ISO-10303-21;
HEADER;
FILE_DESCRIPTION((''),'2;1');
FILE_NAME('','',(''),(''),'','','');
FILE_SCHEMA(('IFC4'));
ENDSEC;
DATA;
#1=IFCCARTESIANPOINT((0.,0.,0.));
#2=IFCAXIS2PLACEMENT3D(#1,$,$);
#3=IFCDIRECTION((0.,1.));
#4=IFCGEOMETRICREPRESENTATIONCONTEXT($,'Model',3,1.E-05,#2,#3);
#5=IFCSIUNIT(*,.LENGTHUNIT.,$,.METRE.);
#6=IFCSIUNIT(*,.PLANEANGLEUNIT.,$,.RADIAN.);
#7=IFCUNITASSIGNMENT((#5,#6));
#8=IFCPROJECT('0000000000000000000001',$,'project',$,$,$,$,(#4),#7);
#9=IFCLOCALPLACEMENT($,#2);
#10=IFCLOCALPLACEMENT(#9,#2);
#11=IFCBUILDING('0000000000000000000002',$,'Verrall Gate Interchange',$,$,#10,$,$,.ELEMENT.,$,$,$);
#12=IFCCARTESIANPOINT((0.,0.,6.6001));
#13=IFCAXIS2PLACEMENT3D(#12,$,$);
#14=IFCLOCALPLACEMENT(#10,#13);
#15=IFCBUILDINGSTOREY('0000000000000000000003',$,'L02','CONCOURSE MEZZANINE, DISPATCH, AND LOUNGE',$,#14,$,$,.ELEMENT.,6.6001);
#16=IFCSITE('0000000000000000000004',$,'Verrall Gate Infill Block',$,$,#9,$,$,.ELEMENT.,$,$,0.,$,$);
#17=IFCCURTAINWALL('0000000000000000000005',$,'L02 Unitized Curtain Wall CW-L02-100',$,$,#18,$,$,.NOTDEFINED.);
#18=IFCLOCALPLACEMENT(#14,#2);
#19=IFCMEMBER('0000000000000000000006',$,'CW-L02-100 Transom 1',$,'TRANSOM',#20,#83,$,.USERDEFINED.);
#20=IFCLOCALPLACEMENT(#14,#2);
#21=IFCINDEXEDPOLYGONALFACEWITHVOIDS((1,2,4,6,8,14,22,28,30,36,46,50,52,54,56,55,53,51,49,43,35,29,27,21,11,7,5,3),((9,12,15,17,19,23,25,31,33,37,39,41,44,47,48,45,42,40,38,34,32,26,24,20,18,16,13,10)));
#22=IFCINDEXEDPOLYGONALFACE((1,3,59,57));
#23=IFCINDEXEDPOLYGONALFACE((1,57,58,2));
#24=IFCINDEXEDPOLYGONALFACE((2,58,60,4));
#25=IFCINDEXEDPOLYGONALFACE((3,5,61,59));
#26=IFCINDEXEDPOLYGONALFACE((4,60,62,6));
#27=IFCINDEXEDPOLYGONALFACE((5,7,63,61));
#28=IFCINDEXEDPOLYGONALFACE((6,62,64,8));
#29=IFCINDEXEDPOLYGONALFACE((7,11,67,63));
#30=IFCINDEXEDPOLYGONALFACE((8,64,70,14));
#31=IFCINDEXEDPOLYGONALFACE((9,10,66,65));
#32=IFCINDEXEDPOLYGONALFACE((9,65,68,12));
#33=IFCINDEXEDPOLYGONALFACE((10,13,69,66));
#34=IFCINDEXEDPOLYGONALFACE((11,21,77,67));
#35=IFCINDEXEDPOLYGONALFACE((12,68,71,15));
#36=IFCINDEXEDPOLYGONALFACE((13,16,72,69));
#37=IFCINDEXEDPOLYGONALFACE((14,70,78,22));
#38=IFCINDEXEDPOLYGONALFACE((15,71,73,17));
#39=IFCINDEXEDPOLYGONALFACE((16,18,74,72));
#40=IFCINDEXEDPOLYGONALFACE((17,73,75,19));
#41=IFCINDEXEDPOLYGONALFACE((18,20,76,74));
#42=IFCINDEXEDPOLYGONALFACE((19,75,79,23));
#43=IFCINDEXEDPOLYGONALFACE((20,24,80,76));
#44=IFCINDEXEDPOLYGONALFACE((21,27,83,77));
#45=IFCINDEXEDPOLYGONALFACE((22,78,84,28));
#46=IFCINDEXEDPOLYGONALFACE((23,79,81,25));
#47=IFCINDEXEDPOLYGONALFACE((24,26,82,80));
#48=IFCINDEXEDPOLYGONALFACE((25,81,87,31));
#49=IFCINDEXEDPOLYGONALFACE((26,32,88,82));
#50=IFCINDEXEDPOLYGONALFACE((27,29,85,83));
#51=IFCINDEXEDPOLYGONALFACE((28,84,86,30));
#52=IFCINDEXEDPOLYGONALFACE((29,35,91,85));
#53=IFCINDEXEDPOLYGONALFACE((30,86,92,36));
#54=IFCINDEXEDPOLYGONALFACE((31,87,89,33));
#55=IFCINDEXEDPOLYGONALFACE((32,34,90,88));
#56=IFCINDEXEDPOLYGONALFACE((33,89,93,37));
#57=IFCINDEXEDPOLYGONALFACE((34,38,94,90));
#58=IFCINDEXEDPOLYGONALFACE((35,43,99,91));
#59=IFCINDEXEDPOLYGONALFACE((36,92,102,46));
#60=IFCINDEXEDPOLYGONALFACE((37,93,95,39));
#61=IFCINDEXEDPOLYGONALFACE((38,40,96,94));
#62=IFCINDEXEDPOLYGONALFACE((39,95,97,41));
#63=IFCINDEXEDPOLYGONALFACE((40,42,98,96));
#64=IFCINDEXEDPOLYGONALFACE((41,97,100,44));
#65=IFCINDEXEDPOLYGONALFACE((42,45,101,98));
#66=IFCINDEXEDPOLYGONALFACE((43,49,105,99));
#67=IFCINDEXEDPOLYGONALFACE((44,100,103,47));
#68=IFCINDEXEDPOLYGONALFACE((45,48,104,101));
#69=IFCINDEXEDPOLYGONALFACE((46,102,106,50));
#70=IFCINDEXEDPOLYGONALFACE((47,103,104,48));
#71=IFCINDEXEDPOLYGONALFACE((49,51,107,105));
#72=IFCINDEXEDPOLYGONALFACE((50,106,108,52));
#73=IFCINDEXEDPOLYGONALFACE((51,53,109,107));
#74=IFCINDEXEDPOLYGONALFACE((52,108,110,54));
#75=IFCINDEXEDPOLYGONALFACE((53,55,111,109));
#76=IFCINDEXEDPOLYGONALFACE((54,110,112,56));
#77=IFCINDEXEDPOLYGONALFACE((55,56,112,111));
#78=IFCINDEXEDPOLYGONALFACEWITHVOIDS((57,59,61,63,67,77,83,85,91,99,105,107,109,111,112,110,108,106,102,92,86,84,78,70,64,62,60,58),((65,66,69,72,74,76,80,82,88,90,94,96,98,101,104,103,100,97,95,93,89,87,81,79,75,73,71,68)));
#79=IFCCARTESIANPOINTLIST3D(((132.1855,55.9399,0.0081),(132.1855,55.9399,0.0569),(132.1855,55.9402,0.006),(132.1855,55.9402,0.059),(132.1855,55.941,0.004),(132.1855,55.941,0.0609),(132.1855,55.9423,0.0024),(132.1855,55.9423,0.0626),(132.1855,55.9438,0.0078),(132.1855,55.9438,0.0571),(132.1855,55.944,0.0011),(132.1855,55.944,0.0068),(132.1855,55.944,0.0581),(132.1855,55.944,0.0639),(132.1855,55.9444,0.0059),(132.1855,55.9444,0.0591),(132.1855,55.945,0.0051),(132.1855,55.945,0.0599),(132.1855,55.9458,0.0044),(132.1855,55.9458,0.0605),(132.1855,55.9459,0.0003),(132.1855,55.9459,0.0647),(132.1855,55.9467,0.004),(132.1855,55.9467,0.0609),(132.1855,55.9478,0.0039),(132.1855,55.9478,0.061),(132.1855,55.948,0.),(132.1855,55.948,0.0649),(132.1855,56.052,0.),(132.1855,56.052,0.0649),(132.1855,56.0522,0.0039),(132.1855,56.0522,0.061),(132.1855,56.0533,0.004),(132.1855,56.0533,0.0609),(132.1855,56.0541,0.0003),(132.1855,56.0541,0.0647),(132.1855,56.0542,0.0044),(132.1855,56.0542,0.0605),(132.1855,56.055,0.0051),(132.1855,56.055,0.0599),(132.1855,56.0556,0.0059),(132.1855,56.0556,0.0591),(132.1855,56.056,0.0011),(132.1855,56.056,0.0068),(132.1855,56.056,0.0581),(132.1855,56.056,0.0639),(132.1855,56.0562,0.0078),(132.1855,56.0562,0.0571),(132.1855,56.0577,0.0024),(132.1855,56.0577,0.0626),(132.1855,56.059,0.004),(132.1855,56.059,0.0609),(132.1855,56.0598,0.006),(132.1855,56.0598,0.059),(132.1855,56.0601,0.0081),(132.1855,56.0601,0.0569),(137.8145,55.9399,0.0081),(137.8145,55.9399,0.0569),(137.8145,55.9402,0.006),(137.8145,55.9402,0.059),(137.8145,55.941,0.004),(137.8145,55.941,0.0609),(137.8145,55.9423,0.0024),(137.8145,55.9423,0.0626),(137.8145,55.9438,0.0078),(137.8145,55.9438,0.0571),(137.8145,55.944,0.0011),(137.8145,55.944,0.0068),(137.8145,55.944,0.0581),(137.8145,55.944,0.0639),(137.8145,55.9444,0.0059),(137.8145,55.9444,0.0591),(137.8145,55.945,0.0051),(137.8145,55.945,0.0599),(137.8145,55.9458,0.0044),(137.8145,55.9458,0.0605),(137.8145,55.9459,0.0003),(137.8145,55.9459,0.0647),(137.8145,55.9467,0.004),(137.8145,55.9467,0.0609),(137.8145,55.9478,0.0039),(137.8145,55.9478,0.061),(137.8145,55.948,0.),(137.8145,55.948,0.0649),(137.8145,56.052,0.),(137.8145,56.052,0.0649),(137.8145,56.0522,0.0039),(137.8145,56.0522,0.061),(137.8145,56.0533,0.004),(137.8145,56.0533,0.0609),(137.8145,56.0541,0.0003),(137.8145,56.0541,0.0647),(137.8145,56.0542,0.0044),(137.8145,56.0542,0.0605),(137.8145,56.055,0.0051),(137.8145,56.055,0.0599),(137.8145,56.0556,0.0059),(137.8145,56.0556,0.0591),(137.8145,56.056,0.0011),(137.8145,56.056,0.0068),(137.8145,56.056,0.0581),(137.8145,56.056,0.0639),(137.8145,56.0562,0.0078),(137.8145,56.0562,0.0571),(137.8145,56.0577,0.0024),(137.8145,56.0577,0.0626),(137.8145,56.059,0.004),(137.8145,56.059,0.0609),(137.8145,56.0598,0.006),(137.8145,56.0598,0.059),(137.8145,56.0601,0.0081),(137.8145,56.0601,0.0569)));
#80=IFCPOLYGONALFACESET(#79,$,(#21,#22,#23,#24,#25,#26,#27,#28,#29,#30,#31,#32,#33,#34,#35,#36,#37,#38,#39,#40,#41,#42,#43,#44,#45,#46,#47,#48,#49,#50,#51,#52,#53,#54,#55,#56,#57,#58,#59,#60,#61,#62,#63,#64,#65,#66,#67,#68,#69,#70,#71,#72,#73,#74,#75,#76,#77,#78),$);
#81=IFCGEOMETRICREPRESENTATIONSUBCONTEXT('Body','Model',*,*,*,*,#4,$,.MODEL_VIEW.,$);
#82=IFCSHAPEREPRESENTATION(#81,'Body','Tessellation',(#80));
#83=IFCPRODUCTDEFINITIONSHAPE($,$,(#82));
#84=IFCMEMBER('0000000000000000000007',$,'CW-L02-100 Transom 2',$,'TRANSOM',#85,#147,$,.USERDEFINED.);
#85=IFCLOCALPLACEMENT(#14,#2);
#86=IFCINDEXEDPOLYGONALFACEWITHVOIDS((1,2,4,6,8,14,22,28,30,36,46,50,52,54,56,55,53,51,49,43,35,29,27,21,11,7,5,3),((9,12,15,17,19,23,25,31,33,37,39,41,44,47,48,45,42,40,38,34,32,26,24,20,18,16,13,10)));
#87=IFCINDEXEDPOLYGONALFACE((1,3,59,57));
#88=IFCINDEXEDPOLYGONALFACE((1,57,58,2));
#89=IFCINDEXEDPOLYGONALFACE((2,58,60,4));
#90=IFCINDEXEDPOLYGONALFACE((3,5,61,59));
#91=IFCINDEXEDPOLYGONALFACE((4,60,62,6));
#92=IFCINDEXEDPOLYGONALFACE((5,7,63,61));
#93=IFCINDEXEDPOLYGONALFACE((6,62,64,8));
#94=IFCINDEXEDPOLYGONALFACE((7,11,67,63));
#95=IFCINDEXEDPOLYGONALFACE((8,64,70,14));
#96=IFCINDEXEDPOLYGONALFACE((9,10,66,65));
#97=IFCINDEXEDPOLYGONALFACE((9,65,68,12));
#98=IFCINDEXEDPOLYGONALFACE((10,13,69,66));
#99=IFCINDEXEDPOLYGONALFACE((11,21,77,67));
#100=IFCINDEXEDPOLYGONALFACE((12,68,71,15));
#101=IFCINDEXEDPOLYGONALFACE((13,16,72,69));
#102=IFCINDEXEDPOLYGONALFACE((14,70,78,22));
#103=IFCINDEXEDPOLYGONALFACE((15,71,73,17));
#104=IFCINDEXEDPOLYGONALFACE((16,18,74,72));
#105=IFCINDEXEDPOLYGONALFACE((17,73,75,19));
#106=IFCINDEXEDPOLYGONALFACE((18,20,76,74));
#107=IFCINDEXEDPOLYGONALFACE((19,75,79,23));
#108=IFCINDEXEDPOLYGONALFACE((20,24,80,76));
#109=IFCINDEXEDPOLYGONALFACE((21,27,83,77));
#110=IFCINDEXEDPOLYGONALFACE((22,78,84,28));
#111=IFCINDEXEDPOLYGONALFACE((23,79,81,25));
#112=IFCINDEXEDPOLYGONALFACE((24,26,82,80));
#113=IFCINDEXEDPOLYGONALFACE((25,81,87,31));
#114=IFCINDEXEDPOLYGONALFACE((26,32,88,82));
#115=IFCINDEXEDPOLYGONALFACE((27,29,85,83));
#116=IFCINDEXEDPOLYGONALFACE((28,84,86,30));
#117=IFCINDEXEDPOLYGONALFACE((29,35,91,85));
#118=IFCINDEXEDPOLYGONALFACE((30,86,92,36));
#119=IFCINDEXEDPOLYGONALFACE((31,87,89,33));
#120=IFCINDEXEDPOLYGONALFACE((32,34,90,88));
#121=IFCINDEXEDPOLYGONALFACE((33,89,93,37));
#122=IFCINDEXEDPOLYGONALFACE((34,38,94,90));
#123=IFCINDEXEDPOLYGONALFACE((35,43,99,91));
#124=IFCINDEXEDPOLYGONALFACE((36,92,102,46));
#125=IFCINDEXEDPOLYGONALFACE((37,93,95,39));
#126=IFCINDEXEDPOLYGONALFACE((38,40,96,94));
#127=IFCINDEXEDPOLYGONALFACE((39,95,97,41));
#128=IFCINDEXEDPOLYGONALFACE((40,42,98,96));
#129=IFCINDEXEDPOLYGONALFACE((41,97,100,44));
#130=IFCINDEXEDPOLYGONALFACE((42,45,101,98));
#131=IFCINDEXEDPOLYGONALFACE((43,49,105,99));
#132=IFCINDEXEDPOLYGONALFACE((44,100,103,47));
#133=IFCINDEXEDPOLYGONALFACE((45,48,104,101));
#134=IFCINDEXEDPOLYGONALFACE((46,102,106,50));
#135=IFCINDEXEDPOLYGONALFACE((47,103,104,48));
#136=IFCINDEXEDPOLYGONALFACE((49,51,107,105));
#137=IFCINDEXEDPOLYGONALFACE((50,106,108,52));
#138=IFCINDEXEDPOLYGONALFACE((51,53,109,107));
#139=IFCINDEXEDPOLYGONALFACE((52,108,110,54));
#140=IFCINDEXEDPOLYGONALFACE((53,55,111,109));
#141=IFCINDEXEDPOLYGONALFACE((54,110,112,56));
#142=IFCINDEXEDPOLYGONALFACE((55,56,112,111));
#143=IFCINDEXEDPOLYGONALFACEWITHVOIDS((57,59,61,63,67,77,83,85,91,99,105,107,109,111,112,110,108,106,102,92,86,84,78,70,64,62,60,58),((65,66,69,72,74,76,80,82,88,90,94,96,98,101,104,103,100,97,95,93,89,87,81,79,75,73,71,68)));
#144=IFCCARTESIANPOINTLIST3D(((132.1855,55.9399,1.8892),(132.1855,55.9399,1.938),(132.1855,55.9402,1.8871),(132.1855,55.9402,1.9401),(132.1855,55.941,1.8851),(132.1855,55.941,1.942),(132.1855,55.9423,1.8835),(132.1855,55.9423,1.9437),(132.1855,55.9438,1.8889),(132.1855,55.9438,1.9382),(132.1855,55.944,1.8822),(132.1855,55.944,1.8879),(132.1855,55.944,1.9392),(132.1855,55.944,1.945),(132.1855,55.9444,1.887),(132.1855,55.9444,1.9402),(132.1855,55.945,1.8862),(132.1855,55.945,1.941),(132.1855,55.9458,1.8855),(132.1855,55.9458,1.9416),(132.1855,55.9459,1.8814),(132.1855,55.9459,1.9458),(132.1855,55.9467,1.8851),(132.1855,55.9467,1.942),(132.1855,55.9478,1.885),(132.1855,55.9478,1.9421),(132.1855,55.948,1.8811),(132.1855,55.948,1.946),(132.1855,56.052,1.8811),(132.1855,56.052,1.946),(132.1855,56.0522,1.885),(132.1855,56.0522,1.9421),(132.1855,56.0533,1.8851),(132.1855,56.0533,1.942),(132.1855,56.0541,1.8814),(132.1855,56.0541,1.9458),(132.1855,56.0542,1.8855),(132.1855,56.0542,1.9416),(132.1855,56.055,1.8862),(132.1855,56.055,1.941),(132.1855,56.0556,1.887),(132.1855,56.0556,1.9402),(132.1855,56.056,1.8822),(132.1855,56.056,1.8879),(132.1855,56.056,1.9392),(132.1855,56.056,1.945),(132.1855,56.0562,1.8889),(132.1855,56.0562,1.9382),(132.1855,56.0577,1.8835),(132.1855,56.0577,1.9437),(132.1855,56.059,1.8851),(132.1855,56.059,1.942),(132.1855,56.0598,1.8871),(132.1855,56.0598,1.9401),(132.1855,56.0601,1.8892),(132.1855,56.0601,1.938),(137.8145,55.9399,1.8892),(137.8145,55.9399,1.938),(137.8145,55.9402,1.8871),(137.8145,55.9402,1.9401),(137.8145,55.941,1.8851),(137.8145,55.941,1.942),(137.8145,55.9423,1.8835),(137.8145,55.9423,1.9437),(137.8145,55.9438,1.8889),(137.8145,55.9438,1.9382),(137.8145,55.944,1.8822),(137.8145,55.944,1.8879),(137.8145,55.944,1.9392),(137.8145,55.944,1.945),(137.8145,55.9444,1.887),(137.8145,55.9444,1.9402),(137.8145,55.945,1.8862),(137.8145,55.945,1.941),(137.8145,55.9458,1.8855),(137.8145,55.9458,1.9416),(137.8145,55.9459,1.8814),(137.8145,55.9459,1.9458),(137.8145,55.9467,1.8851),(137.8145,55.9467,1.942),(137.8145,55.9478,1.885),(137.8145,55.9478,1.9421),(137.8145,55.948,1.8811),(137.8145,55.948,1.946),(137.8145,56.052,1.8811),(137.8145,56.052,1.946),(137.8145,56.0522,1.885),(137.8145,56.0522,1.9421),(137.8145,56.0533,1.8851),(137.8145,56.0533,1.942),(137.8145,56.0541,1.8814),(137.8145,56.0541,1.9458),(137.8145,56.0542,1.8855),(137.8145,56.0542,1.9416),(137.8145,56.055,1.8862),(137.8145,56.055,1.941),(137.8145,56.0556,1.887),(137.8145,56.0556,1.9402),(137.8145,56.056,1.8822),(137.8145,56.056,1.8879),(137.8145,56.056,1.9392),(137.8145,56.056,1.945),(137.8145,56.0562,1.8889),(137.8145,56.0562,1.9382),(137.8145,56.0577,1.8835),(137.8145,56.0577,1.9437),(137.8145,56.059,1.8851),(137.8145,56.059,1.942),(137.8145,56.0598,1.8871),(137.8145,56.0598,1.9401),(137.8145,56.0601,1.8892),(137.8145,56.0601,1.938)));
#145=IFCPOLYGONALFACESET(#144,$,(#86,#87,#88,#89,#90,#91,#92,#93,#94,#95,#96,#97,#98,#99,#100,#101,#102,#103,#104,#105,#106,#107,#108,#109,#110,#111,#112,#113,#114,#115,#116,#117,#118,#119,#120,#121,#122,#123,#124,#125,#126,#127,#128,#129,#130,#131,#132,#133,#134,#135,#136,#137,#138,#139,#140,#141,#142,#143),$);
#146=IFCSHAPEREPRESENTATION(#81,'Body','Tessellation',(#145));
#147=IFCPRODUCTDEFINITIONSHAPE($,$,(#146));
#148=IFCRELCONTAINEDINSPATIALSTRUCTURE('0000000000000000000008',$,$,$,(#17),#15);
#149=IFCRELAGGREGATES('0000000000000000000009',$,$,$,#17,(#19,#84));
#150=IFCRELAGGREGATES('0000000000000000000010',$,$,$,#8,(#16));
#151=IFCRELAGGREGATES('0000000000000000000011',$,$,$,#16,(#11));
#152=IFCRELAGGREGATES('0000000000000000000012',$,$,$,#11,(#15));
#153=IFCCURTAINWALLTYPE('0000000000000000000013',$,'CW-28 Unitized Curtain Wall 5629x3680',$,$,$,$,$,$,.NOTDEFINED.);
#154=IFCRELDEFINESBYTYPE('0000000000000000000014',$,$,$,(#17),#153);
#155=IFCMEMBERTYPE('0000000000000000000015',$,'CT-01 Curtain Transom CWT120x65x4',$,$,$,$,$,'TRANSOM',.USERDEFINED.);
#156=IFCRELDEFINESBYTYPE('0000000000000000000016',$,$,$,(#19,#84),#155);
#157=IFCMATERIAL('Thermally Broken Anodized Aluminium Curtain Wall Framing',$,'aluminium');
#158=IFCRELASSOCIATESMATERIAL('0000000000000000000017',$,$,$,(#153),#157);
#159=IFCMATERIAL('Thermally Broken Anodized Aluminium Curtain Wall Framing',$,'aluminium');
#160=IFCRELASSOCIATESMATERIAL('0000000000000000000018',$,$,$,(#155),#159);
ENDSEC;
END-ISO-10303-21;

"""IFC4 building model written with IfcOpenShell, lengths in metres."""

from ifc_helpers import new_model, si_unit, direction, frame, origin, origin_2d, place, context, subcontext, project, spatial, hollow_rectangle, extrude, material, material_profile, profile_set, type_object, element, aggregate, save


model = new_model("IFC4")

# Units and contexts
model_context = context("Model", 3, precision=1e-05, world=origin(), true_north=direction((0.0, 1.0)))
body_context = subcontext(model_context, "Body", "Model", "MODEL_VIEW")
ifc_project = project(units=[si_unit("LENGTHUNIT", "METRE"), si_unit("PLANEANGLEUNIT", "RADIAN")], contexts=[model_context])

# Site, building, storey
site_placement = place(None, origin())
site = spatial("IfcSite", under=ifc_project, at=site_placement, Name="Verrall Gate Infill Block", CompositionType="ELEMENT", RefElevation=0.0)
building_placement = place(site_placement, origin())
building = spatial("IfcBuilding", under=site, at=building_placement, Name="Verrall Gate Interchange", CompositionType="ELEMENT")
storey_placement = place(building_placement, frame((0.0, 0.0, 6.6001)))
storey = spatial("IfcBuildingStorey", under=building, at=storey_placement, Name="L02", Description="CONCOURSE MEZZANINE, DISPATCH, AND LOUNGE", CompositionType="ELEMENT", Elevation=6.6001)

# Curtain wall
ifc_material_1 = material(Name="Thermally Broken Anodized Aluminium Curtain Wall Framing", Category="aluminium")
curtain_wall_type = type_object("IfcCurtainWallType", Name="CW-28 Unitized Curtain Wall 5629x3680", PredefinedType="NOTDEFINED", material=ifc_material_1)
curtain_wall_1_placement = place(storey_placement, origin())
curtain_wall_1 = element("IfcCurtainWall", 1, at=curtain_wall_1_placement, inside=storey, type_object=curtain_wall_type, Name="L02 Unitized Curtain Wall CW-L02-100", PredefinedType="NOTDEFINED")

# Members
ifc_material_2 = material(Name="Thermally Broken Anodized Aluminium Curtain Wall Framing", Category="aluminium")
ifc_material_profile_1 = material_profile(ifc_material_2, hollow_rectangle(XDim=0.1201, YDim=0.0649, WallThickness=0.0039, InnerFilletRadius=0.0039, OuterFilletRadius=0.0081, at=origin_2d()), Name="CWT120x65x4")
ifc_profile_set_1 = profile_set([ifc_material_profile_1], Name="Thermally Broken Anodized Aluminium Curtain Wall Framing")
member_type_1 = type_object("IfcMemberType", Name="CT-01 Curtain Transom CWT120x65x4", ElementType="TRANSOM", PredefinedType="USERDEFINED", material=ifc_profile_set_1)
member_1_placement = place(storey_placement, frame((137.8145, 56.0, 0.0325), z_axis=(-1.0, 0.0, 0.0), x_axis=(0.0, -1.0, 0.0)))
member_1 = element("IfcMember", 2, at=member_1_placement, type_object=member_type_1, Name="CW-L02-100 Transom 1", ObjectType="TRANSOM", PredefinedType="USERDEFINED", context=body_context, shape_type="SweptSolid", body=[
    extrude(hollow_rectangle(XDim=0.1201, YDim=0.0649, WallThickness=0.0039, InnerFilletRadius=0.0039, OuterFilletRadius=0.0081, at=origin_2d()), origin(), (0.0, 0.0, 1.0), 5.6289),
])
member_2_placement = place(storey_placement, frame((137.8145, 56.0, 1.9136), z_axis=(-1.0, 0.0, 0.0), x_axis=(0.0, -1.0, 0.0)))
member_2 = element("IfcMember", 3, at=member_2_placement, type_object=member_type_1, Name="CW-L02-100 Transom 2", ObjectType="TRANSOM", PredefinedType="USERDEFINED", context=body_context, shape_type="SweptSolid", body=[
    extrude(hollow_rectangle(XDim=0.1201, YDim=0.0649, WallThickness=0.0039, InnerFilletRadius=0.0039, OuterFilletRadius=0.0081, at=origin_2d()), origin(), (0.0, 0.0, 1.0), 5.6289),
])

aggregate(curtain_wall_1, [member_1, member_2])

save(model, "model.ifc")
